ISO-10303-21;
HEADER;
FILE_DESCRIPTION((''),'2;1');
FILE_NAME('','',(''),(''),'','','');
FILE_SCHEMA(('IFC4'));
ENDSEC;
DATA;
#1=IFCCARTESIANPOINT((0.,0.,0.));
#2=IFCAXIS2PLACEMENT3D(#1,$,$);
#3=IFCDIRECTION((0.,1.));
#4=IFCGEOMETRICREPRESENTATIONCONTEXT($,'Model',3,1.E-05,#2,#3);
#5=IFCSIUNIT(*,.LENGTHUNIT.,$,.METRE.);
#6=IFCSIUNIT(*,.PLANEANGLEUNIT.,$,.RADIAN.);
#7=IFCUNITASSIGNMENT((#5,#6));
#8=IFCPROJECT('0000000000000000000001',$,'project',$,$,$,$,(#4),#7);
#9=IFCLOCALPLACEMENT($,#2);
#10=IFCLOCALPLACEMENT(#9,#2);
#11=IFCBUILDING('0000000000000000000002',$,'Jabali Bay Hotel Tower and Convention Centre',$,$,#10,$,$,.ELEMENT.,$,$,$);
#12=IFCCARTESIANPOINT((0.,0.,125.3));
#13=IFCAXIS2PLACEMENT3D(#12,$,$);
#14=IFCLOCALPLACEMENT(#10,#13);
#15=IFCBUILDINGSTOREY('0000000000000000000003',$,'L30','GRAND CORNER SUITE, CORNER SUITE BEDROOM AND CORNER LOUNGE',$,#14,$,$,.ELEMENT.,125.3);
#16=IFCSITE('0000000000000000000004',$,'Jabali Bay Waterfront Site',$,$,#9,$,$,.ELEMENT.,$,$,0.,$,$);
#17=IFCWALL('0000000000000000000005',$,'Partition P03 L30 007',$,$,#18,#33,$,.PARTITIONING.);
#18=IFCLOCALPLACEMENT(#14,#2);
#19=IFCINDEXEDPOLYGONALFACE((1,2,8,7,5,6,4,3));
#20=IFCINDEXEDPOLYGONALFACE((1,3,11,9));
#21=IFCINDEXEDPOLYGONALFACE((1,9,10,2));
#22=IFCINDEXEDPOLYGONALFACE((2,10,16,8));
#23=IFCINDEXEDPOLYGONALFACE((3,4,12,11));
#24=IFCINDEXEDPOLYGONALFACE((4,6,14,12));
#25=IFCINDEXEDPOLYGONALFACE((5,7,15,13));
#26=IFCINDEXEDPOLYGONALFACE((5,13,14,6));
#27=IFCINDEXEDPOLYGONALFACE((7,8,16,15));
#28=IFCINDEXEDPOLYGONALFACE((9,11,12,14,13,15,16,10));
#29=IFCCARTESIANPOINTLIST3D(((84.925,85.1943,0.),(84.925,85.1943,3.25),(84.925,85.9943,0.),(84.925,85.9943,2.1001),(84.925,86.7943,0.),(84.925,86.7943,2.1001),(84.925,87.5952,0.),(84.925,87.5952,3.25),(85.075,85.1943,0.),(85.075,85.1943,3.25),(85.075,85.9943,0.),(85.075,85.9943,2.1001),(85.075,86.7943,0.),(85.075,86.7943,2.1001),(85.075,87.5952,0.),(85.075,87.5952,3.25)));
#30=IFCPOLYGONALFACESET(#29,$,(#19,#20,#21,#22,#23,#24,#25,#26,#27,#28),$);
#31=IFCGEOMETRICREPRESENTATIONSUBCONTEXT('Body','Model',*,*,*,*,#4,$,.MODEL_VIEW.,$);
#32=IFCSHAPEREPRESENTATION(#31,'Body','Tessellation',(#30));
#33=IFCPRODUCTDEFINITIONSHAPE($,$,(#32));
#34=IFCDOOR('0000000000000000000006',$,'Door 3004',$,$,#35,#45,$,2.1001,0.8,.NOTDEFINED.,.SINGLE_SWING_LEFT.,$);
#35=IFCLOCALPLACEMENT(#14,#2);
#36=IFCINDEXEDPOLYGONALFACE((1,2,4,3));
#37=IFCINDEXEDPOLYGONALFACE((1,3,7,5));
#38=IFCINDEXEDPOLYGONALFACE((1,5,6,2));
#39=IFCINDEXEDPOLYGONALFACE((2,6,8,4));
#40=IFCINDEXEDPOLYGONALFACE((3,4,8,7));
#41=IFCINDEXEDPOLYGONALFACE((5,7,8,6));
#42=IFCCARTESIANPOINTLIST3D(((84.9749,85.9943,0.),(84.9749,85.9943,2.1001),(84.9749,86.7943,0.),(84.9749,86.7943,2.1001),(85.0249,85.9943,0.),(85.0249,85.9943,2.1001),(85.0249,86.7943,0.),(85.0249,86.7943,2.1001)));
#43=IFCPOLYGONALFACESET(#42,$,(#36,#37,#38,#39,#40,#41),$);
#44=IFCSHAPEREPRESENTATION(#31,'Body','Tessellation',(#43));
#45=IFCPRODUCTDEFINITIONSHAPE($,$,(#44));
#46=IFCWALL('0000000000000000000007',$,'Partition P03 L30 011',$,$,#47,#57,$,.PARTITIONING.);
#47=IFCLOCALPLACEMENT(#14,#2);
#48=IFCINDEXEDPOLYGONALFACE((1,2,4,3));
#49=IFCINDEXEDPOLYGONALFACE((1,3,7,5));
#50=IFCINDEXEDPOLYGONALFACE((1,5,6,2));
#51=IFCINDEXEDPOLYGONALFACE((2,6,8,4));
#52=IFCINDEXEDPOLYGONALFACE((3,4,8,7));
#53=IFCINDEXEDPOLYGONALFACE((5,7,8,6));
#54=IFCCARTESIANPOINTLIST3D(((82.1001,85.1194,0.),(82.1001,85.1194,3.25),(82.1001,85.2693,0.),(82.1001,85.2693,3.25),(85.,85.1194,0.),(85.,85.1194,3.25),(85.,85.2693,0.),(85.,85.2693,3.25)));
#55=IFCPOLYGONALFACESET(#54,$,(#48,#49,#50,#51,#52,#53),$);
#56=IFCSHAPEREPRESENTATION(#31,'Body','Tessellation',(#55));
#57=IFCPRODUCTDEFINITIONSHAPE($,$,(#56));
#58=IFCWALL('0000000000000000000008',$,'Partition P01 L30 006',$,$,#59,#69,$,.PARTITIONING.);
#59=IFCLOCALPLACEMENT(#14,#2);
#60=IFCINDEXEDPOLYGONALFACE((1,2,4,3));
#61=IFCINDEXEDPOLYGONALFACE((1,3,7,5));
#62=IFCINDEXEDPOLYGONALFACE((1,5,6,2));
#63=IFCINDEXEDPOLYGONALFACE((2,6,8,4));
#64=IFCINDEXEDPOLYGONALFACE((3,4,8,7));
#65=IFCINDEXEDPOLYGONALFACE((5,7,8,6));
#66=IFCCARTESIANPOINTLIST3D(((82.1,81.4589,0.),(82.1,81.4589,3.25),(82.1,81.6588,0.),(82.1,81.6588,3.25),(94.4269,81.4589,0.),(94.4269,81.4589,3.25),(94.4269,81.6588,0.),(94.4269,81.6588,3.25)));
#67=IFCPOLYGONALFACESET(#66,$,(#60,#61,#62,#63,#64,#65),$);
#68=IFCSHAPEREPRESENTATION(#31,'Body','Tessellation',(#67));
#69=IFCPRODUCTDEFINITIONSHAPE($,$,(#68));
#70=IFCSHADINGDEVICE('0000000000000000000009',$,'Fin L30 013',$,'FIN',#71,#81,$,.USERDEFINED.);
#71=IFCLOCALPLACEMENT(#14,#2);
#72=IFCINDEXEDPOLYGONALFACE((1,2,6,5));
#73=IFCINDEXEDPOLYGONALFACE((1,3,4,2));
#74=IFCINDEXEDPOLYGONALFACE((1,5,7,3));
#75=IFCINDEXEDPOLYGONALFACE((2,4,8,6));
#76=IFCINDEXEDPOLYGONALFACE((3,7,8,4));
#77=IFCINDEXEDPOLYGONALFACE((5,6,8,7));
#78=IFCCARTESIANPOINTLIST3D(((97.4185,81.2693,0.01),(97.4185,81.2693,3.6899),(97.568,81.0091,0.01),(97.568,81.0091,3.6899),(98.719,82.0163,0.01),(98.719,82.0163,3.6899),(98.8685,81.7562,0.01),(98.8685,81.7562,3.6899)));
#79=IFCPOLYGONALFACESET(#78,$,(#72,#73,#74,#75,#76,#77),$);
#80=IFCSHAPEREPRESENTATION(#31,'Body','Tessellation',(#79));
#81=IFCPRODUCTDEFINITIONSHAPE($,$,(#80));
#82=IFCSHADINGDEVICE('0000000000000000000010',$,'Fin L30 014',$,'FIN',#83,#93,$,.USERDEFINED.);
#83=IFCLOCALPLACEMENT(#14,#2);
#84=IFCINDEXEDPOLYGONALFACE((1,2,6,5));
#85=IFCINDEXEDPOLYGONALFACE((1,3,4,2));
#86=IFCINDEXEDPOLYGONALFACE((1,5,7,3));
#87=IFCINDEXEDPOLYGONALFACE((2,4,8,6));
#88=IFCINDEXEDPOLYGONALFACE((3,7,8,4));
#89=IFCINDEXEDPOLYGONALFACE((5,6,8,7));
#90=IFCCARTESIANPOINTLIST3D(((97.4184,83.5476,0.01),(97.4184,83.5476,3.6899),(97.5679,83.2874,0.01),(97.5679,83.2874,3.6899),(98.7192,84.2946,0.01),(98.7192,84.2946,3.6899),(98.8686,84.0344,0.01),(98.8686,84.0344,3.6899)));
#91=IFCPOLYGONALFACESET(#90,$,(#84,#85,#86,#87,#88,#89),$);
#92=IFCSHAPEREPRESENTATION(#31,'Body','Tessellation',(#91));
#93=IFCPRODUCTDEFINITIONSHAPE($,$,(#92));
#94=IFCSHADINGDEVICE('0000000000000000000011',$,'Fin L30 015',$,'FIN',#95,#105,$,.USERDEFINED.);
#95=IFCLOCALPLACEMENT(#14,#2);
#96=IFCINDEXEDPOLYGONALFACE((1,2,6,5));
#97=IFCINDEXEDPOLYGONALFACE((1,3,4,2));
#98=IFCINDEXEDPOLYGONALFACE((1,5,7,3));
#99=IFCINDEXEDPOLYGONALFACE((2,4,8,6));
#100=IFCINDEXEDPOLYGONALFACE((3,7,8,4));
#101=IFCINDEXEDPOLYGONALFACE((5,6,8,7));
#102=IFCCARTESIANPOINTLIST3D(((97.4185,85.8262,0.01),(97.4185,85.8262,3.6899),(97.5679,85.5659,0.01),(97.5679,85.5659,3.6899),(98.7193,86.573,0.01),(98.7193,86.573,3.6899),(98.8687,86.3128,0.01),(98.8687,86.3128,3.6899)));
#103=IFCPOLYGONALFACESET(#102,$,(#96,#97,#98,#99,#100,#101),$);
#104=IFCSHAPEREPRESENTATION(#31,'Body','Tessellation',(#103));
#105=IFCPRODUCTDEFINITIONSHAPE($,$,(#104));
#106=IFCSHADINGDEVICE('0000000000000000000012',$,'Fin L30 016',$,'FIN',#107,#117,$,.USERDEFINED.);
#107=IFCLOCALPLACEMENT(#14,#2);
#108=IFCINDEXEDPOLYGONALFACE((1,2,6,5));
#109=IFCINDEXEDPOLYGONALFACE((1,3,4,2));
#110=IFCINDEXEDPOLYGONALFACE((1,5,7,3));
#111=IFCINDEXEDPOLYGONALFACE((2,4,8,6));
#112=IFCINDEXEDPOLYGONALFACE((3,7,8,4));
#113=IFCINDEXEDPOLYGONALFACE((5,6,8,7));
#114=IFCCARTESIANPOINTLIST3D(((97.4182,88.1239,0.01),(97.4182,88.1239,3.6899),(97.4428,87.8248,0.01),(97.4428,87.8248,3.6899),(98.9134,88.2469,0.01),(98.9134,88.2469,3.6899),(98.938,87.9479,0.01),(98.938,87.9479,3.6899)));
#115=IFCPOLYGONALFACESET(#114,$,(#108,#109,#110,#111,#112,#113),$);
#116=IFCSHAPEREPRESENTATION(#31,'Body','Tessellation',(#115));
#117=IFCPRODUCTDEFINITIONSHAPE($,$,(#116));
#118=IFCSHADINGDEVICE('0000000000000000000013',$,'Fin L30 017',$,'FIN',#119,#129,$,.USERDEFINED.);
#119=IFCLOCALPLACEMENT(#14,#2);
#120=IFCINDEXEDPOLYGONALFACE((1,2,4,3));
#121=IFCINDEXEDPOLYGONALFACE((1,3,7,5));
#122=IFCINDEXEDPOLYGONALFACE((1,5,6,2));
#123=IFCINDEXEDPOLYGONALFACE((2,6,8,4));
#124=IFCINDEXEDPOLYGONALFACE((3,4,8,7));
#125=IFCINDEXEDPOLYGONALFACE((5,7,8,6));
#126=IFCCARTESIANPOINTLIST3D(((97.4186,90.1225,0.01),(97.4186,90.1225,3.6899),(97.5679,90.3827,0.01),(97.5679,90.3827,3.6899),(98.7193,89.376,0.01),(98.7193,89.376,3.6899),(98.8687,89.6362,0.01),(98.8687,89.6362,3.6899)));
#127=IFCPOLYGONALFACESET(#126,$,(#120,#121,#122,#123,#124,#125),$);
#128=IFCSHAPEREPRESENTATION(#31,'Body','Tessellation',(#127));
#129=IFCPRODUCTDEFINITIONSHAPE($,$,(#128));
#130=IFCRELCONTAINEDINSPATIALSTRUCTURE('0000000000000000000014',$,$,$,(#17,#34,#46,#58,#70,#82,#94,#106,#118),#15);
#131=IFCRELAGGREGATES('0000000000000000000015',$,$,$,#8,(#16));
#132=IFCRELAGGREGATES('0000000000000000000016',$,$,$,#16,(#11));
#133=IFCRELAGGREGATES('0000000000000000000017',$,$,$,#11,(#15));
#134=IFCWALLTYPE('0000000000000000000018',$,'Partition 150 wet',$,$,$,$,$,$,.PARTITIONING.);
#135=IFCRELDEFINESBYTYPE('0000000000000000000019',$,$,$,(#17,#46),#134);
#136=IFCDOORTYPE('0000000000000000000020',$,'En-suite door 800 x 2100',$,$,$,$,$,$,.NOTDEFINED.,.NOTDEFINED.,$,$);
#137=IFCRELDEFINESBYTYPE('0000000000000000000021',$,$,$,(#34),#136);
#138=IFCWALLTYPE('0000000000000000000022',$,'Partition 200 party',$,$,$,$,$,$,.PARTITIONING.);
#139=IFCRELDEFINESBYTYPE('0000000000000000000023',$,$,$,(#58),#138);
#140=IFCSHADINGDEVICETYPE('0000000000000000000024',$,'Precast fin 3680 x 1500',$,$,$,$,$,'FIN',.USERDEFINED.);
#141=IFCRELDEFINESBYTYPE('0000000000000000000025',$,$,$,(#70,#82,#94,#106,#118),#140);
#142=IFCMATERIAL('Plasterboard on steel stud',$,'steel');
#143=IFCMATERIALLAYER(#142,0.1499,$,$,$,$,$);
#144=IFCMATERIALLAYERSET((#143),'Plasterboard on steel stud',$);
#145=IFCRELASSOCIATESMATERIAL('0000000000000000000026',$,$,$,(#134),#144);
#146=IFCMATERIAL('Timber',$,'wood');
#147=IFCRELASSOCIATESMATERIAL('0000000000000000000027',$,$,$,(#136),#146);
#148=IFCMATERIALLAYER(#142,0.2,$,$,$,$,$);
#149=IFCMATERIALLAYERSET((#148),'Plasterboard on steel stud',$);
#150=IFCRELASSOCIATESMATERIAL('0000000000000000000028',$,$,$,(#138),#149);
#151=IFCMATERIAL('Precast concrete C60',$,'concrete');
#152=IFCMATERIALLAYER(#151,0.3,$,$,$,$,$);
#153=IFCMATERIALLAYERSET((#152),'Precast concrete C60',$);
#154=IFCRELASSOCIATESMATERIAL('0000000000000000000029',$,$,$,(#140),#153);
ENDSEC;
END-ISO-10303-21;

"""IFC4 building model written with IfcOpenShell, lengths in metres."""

from ifc_helpers import new_model, si_unit, direction, frame, frame_2d, origin, place, context, subcontext, project, spatial, rectangle, extrude, material, layer, layer_set, type_object, element, fill, save


model = new_model("IFC4")

# Units and contexts
model_context = context("Model", 3, precision=1e-05, world=origin(), true_north=direction((0.0, 1.0)))
body_context = subcontext(model_context, "Body", "Model", "MODEL_VIEW")
ifc_project = project(units=[si_unit("LENGTHUNIT", "METRE"), si_unit("PLANEANGLEUNIT", "RADIAN")], contexts=[model_context])

# Site, building, storey
site_placement = place(None, origin())
site = spatial("IfcSite", under=ifc_project, at=site_placement, Name="Jabali Bay Waterfront Site", CompositionType="ELEMENT", RefElevation=0.0)
building_placement = place(site_placement, origin())
building = spatial("IfcBuilding", under=site, at=building_placement, Name="Jabali Bay Hotel Tower and Convention Centre", CompositionType="ELEMENT")
storey_placement = place(building_placement, frame((0.0, 0.0, 125.3)))
storey = spatial("IfcBuildingStorey", under=building, at=storey_placement, Name="L30", Description="GRAND CORNER SUITE, CORNER SUITE BEDROOM AND CORNER LOUNGE", CompositionType="ELEMENT", Elevation=125.3)

# Shared definitions
ifc_material_1 = material(Name="Plasterboard on steel stud", Category="steel")

# Wall, opening, door
ifc_material_2 = material(Name="Timber", Category="wood")
ifc_layer_1 = layer(ifc_material_1, 0.1499)
ifc_layer_set_1 = layer_set([ifc_layer_1], Name="Plasterboard on steel stud")
wall_type_1 = type_object("IfcWallType", Name="Partition 150 wet", PredefinedType="PARTITIONING", material=ifc_layer_set_1)
wall_1_placement = place(storey_placement, frame((85.0, 87.5952, 0.0), z_axis=(0.0, 0.0, 1.0), x_axis=(0.0, -1.0, 0.0)))
wall_1 = element("IfcWall", 1, at=wall_1_placement, inside=storey, type_object=wall_type_1, Name="Partition P03 L30 007", PredefinedType="PARTITIONING", context=body_context, shape_type="SweptSolid", body=[
    extrude(rectangle(XDim=2.4009, YDim=0.1499, at=frame_2d((1.2004, 0.0))), origin(), (0.0, 0.0, 1.0), 3.25),
])
opening_1_placement = place(wall_1_placement, frame((0.801, 0.0, 0.0)))
opening_1 = element("IfcOpeningElement", 2, at=opening_1_placement, cuts=wall_1, PredefinedType="OPENING", context=body_context, shape_type="SweptSolid", body=[
    extrude(rectangle(XDim=0.8, YDim=2.1001, at=frame_2d((0.3999, 1.05))), frame((0.0, 0.0854, 0.0), z_axis=(0.0, -1.0, 0.0), x_axis=(1.0, 0.0, 0.0)), (0.0, 0.0, 1.0), 0.1709),
])
door_type_1 = type_object("IfcDoorType", Name="En-suite door 800 x 2100", OperationType="NOTDEFINED", PredefinedType="NOTDEFINED", material=ifc_material_2)
door_1_placement = place(opening_1_placement, origin())
door_1 = element("IfcDoor", 3, at=door_1_placement, inside=storey, type_object=door_type_1, Name="Door 3004", OperationType="SINGLE_SWING_LEFT", OverallHeight=2.1001, OverallWidth=0.8, PredefinedType="NOTDEFINED", context=body_context, shape_type="SweptSolid", body=[
    extrude(rectangle(XDim=0.8, YDim=2.1001, at=frame_2d((0.3999, 1.05))), frame((0.0, 0.0249, 0.0), z_axis=(0.0, -1.0, 0.0), x_axis=(1.0, 0.0, 0.0)), (0.0, 0.0, 1.0), 0.05),
])
fill(opening_1, door_1)

# Walls
wall_2_placement = place(storey_placement, frame((82.1001, 85.1943, 0.0), z_axis=(0.0, 0.0, 1.0), x_axis=(1.0, 0.0, 0.0)))
element("IfcWall", 4, at=wall_2_placement, inside=storey, type_object=wall_type_1, Name="Partition P03 L30 011", PredefinedType="PARTITIONING", context=body_context, shape_type="SweptSolid", body=[
    extrude(rectangle(XDim=2.8999, YDim=0.1499, at=frame_2d((1.45, 0.0))), origin(), (0.0, 0.0, 1.0), 3.25),
])
ifc_layer_2 = layer(ifc_material_1, 0.2)
ifc_layer_set_2 = layer_set([ifc_layer_2], Name="Plasterboard on steel stud")
wall_type_2 = type_object("IfcWallType", Name="Partition 200 party", PredefinedType="PARTITIONING", material=ifc_layer_set_2)
wall_3_placement = place(storey_placement, frame((94.427, 81.5588, 0.0), z_axis=(0.0, 0.0, 1.0), x_axis=(-1.0, 0.0, 0.0)))
element("IfcWall", 5, at=wall_3_placement, inside=storey, type_object=wall_type_2, Name="Partition P01 L30 006", PredefinedType="PARTITIONING", context=body_context, shape_type="SweptSolid", body=[
    extrude(rectangle(XDim=12.3269, YDim=0.2, at=frame_2d((6.1636, 0.0))), origin(), (0.0, 0.0, 1.0), 3.25),
])

# Shading devices
ifc_material_3 = material(Name="Precast concrete C60", Category="concrete")
ifc_layer_3 = layer(ifc_material_3, 0.3)
ifc_layer_set_3 = layer_set([ifc_layer_3], Name="Precast concrete C60")
shading_device_type = type_object("IfcShadingDeviceType", Name="Precast fin 3680 x 1500", ElementType="FIN", PredefinedType="USERDEFINED", material=ifc_layer_set_3)
shading_device_1_placement = place(storey_placement, frame((97.4932, 81.1392, 0.01), z_axis=(0.0, 0.0, 1.0), x_axis=(0.867119, 0.498101, 0.0)))
element("IfcShadingDevice", 6, at=shading_device_1_placement, inside=storey, type_object=shading_device_type, Name="Fin L30 013", ObjectType="FIN", PredefinedType="USERDEFINED", context=body_context, shape_type="SweptSolid", body=[
    extrude(rectangle(XDim=1.4998, YDim=0.3, at=frame_2d((0.75, 0.0))), origin(), (0.0, 0.0, 1.0), 3.6799),
])
for number, where, z_axis, x_axis, name in (
    (7, (97.4932, 83.4175, 0.01), (0.0, 0.0, 1.0), (0.867159, 0.498031, 0.0), "Fin L30 014"),
    (8, (97.4932, 85.696, 0.01), (0.0, 0.0, 1.0), (0.86723, 0.497908, 0.0), "Fin L30 015"),
):
    element("IfcShadingDevice", number, at=place(storey_placement, frame(where, z_axis=z_axis, x_axis=x_axis)), inside=storey, type_object=shading_device_type, Name=name, ObjectType="FIN", PredefinedType="USERDEFINED", context=body_context, shape_type="SweptSolid", body=[
        extrude(rectangle(XDim=1.5, YDim=0.3, at=frame_2d((0.75, 0.0))), origin(), (0.0, 0.0, 1.0), 3.6799),
    ])
shading_device_2_placement = place(storey_placement, frame((97.4307, 87.9744, 0.01), z_axis=(0.0, 0.0, 1.0), x_axis=(0.996631, 0.082022, 0.0)))
element("IfcShadingDevice", 9, at=shading_device_2_placement, inside=storey, type_object=shading_device_type, Name="Fin L30 016", ObjectType="FIN", PredefinedType="USERDEFINED", context=body_context, shape_type="SweptSolid", body=[
    extrude(rectangle(XDim=1.5002, YDim=0.3, at=frame_2d((0.75, 0.0))), origin(), (0.0, 0.0, 1.0), 3.6799),
])
shading_device_3_placement = place(storey_placement, frame((97.4932, 90.2527, 0.01), z_axis=(0.0, 0.0, 1.0), x_axis=(0.8673, -0.497786, 0.0)))
element("IfcShadingDevice", 10, at=shading_device_3_placement, inside=storey, type_object=shading_device_type, Name="Fin L30 017", ObjectType="FIN", PredefinedType="USERDEFINED", context=body_context, shape_type="SweptSolid", body=[
    extrude(rectangle(XDim=1.4998, YDim=0.3, at=frame_2d((0.75, 0.0))), origin(), (0.0, 0.0, 1.0), 3.6799),
])

save(model, "model.ifc")
